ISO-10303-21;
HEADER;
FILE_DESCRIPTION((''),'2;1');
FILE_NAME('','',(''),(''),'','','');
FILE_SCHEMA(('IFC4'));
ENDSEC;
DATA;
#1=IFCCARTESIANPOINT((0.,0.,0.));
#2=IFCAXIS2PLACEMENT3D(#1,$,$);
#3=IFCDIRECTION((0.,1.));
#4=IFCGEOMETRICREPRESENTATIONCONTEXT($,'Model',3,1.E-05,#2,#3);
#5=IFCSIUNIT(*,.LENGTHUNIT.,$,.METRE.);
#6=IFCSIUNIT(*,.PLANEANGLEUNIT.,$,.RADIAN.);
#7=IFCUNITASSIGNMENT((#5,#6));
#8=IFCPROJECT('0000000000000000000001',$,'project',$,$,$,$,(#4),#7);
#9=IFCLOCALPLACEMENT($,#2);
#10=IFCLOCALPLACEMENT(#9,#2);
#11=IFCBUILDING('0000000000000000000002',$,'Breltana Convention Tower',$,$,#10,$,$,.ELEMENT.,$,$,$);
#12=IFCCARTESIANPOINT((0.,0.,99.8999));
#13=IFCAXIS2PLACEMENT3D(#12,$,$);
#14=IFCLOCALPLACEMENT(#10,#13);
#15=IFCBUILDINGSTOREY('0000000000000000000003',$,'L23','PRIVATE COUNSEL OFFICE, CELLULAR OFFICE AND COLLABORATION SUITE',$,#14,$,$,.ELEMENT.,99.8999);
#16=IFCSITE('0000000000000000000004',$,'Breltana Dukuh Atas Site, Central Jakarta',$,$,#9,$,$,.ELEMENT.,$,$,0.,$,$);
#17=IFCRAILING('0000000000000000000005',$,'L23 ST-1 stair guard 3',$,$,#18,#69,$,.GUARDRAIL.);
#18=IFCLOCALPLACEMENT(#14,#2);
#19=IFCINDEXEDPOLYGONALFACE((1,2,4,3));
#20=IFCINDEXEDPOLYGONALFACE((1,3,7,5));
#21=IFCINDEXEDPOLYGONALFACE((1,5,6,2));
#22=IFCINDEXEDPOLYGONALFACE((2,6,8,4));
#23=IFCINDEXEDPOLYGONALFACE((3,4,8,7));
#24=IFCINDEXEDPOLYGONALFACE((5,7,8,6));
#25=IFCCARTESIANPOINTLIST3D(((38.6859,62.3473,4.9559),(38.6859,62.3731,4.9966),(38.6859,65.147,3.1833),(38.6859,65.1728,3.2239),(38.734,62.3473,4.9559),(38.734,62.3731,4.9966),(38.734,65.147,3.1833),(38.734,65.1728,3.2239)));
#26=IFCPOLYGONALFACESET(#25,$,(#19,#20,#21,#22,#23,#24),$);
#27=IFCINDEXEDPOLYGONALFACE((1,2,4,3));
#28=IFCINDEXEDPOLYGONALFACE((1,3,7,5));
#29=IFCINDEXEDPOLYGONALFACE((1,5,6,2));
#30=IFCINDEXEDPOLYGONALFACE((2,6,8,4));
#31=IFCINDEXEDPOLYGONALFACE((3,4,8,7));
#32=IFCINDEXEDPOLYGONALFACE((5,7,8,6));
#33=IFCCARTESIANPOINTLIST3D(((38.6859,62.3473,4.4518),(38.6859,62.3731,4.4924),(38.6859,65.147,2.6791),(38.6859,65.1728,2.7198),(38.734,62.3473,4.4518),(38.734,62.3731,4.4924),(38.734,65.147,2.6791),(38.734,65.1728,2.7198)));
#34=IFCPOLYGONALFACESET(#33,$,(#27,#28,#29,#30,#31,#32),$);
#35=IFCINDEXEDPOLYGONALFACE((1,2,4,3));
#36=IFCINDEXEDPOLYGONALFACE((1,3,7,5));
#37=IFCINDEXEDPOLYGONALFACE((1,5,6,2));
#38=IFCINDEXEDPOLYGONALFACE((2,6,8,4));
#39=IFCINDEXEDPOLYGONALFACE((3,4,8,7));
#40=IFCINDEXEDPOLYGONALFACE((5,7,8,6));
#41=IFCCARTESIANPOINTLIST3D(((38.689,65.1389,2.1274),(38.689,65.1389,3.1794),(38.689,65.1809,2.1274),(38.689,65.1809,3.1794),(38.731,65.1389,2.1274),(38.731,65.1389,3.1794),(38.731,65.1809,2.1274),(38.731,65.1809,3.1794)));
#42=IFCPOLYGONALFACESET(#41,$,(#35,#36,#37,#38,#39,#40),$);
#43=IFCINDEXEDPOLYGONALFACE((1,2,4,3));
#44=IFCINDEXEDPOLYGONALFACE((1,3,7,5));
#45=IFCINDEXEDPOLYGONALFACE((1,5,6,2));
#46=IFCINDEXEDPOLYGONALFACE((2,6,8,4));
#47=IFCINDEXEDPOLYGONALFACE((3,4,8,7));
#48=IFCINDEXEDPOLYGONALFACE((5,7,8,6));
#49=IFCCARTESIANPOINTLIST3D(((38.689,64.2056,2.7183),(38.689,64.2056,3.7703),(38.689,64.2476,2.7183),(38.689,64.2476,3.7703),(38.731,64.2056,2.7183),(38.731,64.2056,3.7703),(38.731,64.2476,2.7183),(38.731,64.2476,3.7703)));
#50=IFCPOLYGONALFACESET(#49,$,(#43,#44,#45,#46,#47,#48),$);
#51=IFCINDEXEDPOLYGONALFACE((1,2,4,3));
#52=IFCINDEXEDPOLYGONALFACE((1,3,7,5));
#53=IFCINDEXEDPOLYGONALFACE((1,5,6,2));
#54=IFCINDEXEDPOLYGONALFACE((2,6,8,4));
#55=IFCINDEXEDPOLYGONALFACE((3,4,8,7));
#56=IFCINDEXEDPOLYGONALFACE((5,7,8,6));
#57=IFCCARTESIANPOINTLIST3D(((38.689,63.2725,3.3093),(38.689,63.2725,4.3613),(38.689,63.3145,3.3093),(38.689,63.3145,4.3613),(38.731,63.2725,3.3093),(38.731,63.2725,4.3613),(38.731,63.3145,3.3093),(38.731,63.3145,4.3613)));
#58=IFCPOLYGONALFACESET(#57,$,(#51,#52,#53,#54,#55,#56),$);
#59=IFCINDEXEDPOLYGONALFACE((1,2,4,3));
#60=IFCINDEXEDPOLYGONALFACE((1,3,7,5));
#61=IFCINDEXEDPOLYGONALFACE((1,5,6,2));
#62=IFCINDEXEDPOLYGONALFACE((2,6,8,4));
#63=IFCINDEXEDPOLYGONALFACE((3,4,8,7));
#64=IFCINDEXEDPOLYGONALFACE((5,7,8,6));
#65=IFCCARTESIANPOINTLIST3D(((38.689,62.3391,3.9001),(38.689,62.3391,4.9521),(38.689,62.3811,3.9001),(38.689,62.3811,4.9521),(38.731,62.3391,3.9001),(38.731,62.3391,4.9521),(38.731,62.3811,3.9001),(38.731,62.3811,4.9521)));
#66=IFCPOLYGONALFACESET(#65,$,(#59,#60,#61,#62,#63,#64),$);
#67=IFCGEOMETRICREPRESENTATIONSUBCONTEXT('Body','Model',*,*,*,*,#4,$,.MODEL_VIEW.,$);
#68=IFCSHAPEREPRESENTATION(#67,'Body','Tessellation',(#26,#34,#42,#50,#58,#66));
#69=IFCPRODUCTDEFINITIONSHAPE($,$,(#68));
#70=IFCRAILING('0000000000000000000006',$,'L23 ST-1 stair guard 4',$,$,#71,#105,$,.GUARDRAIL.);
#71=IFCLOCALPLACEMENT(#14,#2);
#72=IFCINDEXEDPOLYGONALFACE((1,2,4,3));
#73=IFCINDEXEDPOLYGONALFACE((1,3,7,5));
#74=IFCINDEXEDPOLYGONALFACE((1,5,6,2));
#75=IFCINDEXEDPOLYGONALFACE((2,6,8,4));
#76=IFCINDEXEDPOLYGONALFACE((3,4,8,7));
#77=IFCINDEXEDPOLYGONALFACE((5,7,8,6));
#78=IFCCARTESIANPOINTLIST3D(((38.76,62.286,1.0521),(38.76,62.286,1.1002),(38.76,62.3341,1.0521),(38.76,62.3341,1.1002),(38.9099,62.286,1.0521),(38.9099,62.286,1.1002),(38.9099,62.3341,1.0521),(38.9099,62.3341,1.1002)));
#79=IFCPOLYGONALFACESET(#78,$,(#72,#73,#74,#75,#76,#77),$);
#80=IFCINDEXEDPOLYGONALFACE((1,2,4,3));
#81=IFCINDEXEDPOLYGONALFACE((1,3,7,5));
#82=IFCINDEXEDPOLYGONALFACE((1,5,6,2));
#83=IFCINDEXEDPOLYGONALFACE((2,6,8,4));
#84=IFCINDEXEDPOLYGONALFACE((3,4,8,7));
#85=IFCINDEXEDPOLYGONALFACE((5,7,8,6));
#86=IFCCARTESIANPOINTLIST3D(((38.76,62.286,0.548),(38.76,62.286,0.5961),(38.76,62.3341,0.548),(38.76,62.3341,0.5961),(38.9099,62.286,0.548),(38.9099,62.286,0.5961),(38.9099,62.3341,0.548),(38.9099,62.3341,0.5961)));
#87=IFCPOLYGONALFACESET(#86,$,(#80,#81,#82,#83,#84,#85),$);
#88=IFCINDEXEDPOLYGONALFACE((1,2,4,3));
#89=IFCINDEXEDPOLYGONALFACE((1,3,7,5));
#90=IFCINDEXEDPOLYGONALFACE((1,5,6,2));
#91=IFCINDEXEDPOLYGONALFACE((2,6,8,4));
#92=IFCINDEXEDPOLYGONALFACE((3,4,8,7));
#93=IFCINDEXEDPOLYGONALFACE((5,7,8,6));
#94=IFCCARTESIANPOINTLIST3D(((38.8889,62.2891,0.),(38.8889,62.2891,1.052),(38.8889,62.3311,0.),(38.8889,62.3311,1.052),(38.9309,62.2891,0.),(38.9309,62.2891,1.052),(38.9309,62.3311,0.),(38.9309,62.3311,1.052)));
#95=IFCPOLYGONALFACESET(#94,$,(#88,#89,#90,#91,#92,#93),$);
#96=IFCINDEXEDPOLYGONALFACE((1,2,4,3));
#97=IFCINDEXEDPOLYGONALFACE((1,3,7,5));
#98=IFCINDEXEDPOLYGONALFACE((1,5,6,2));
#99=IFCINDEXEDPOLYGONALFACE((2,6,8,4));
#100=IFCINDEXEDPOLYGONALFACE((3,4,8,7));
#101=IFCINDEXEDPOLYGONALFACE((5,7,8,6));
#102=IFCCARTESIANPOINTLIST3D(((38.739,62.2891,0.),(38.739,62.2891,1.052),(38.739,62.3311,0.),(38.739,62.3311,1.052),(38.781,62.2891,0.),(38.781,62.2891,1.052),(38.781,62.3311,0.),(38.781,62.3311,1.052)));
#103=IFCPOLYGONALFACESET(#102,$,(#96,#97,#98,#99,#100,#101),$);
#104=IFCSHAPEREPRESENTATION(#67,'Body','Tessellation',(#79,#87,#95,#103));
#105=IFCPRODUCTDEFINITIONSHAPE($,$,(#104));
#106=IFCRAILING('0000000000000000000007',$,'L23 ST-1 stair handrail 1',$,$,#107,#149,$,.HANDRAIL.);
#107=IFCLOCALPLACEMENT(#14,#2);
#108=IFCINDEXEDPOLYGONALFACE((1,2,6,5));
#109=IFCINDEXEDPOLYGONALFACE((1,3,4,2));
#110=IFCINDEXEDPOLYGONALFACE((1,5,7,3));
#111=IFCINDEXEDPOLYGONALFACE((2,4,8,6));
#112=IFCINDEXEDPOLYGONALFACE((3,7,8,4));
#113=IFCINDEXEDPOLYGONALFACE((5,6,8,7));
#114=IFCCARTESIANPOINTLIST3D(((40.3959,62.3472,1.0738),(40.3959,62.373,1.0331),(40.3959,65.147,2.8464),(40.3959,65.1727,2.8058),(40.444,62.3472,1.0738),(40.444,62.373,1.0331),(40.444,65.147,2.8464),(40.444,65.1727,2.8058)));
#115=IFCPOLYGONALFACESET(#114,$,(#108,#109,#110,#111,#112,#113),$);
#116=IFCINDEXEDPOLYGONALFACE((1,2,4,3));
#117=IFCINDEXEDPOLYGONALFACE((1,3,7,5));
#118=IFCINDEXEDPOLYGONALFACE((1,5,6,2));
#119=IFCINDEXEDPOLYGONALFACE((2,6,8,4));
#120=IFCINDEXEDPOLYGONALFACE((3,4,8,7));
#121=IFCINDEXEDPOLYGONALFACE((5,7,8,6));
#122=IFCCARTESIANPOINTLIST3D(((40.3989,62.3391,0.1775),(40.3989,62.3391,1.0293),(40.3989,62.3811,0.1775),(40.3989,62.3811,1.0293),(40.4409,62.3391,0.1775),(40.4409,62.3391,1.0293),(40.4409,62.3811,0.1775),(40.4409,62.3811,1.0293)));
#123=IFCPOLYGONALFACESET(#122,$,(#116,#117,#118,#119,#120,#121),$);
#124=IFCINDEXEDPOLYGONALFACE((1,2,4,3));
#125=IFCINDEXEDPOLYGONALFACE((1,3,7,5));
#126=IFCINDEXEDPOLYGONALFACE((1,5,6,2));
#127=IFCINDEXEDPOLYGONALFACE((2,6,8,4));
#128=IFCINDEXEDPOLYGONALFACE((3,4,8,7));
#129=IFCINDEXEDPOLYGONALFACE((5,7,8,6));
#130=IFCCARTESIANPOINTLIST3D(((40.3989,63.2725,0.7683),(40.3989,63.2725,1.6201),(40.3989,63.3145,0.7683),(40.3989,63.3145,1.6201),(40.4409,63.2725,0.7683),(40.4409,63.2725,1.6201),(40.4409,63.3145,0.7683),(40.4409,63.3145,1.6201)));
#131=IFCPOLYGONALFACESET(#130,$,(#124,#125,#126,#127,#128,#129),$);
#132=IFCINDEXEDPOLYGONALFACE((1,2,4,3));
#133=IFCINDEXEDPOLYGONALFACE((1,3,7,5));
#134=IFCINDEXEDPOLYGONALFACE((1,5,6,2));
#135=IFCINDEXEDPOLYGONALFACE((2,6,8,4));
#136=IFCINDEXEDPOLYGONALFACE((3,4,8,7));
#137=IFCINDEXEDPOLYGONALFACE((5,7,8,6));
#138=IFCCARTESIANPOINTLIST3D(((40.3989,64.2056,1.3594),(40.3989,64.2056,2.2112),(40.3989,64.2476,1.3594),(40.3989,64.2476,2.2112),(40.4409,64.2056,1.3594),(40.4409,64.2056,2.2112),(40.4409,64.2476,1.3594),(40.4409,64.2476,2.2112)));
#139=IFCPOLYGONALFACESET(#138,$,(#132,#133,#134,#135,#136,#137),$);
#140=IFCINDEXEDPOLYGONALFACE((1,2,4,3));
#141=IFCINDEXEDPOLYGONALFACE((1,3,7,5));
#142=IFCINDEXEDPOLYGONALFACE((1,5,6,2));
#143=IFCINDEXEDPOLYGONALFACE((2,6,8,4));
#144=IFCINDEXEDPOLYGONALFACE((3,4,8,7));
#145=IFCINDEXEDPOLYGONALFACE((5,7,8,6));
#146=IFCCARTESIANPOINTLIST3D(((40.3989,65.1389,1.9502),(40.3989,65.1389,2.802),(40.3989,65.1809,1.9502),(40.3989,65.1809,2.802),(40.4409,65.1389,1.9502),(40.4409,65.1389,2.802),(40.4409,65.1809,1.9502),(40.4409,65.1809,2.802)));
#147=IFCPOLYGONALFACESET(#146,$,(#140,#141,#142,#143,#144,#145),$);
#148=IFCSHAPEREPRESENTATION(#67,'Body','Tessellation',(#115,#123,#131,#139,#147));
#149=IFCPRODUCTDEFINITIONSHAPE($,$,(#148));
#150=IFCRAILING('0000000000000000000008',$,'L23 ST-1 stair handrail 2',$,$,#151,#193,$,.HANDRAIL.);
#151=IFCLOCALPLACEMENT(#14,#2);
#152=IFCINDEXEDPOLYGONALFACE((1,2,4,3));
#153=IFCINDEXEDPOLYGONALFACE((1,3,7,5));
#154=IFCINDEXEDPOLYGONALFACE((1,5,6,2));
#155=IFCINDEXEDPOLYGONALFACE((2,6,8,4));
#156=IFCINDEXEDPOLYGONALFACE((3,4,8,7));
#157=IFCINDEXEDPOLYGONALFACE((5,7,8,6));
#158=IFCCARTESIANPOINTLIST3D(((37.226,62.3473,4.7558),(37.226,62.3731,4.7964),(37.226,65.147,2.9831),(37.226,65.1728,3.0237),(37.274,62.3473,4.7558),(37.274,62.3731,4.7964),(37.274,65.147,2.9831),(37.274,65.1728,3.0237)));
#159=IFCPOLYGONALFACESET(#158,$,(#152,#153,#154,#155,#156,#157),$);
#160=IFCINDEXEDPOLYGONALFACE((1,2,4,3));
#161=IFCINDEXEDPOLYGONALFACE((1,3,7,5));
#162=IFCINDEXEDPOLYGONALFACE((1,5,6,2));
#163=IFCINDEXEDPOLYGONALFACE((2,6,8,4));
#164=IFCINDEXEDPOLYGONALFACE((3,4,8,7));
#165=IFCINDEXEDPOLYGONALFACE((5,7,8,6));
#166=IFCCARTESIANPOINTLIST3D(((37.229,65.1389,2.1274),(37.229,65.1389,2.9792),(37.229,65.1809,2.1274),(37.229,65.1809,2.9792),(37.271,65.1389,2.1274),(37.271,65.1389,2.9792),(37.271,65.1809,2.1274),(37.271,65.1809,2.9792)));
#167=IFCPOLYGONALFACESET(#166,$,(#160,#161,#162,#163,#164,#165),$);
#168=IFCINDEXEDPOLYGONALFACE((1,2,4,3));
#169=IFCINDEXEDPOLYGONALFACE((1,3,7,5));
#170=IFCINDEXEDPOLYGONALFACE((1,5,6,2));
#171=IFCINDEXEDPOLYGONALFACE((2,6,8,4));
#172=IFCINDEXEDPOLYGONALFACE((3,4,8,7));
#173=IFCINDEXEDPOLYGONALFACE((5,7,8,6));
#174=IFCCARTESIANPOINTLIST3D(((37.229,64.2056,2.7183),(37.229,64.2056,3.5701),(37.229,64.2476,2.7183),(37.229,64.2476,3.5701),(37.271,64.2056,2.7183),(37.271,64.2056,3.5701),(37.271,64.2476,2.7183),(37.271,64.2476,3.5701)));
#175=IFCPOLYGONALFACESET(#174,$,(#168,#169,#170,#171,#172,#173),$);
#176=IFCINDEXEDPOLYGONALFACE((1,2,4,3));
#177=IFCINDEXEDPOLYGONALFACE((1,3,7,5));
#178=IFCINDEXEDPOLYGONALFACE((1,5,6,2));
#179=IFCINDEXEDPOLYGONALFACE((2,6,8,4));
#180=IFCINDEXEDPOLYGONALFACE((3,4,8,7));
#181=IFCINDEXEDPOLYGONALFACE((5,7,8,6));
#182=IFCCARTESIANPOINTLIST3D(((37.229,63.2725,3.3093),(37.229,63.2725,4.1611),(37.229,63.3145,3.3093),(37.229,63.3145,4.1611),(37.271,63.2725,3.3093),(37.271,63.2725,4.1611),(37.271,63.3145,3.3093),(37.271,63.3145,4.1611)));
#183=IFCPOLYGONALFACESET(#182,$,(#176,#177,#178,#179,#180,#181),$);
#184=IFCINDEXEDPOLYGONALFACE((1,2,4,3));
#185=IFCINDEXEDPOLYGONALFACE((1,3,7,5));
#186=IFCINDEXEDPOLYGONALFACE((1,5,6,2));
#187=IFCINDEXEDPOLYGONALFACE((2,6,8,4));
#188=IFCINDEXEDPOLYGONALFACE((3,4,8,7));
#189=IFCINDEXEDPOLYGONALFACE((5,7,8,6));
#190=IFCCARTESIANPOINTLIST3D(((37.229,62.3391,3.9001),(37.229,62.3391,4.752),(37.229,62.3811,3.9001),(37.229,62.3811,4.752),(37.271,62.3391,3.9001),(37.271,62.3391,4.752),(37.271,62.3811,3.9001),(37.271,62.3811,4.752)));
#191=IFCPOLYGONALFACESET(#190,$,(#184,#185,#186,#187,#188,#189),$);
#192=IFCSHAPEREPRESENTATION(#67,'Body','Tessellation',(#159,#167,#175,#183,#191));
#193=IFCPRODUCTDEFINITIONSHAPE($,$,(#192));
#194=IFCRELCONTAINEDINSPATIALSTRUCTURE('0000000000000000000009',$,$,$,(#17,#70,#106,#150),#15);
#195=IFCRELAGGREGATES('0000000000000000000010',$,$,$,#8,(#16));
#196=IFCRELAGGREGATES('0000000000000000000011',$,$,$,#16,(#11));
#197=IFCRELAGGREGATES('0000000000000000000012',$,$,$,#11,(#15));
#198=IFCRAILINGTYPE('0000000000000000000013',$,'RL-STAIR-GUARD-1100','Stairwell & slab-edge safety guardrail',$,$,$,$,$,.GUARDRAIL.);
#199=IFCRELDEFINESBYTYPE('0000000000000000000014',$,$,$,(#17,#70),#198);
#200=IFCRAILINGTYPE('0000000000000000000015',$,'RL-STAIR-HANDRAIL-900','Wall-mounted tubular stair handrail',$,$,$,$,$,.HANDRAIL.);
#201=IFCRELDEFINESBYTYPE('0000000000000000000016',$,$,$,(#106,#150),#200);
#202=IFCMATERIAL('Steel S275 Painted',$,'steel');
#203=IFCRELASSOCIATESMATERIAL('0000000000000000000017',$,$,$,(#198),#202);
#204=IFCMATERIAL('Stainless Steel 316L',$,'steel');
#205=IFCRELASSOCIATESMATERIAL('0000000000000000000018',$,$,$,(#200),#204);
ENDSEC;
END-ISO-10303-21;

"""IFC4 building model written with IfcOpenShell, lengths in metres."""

from ifc_helpers import new_model, si_unit, direction, frame, origin, origin_2d, place, context, subcontext, project, spatial, rectangle, extrude, material, type_object, element, save


model = new_model("IFC4")

# Units and contexts
model_context = context("Model", 3, precision=1e-05, world=origin(), true_north=direction((0.0, 1.0)))
body_context = subcontext(model_context, "Body", "Model", "MODEL_VIEW")
ifc_project = project(units=[si_unit("LENGTHUNIT", "METRE"), si_unit("PLANEANGLEUNIT", "RADIAN")], contexts=[model_context])

# Site, building, storey
site_placement = place(None, origin())
site = spatial("IfcSite", under=ifc_project, at=site_placement, Name="Breltana Dukuh Atas Site, Central Jakarta", CompositionType="ELEMENT", RefElevation=0.0)
building_placement = place(site_placement, origin())
building = spatial("IfcBuilding", under=site, at=building_placement, Name="Breltana Convention Tower", CompositionType="ELEMENT")
storey_placement = place(building_placement, frame((0.0, 0.0, 99.8999)))
storey = spatial("IfcBuildingStorey", under=building, at=storey_placement, Name="L23", Description="PRIVATE COUNSEL OFFICE, CELLULAR OFFICE AND COLLABORATION SUITE", CompositionType="ELEMENT", Elevation=99.8999)

# Railings
ifc_material_1 = material(Name="Steel S275 Painted", Category="steel")
railing_type_1 = type_object("IfcRailingType", Name="RL-STAIR-GUARD-1100", Description="Stairwell & slab-edge safety guardrail", PredefinedType="GUARDRAIL", material=ifc_material_1)
railing_1_placement = place(storey_placement, frame((38.71, 65.1599, 2.1274)))
element("IfcRailing", 1, at=railing_1_placement, inside=storey, type_object=railing_type_1, Name="L23 ST-1 stair guard 3", PredefinedType="GUARDRAIL", context=body_context, shape_type="SweptSolid", body=[
    extrude(rectangle(XDim=0.0481, YDim=0.0481, at=origin_2d()), frame((0.0, 0.0, 1.0762), z_axis=(0.0, -0.844888, 0.534943), x_axis=(1.0, 0.0, 0.0)), (0.0, 0.0, 1.0), 3.3137),
    extrude(rectangle(XDim=0.0481, YDim=0.0481, at=origin_2d()), frame((0.0, 0.0, 0.572), z_axis=(0.0, -0.844888, 0.534943), x_axis=(1.0, 0.0, 0.0)), (0.0, 0.0, 1.0), 3.3137),
    extrude(rectangle(XDim=0.042, YDim=0.042, at=origin_2d()), origin(), (0.0, 0.0, 1.0), 1.052),
    extrude(rectangle(XDim=0.042, YDim=0.042, at=origin_2d()), frame((0.0, -0.9333, 0.5908)), (0.0, 0.0, 1.0), 1.052),
    extrude(rectangle(XDim=0.042, YDim=0.042, at=origin_2d()), frame((0.0, -1.8665, 1.1819)), (0.0, 0.0, 1.0), 1.052),
    extrude(rectangle(XDim=0.042, YDim=0.042, at=origin_2d()), frame((0.0, -2.7998, 1.7727)), (0.0, 0.0, 1.0), 1.052),
])
railing_2_placement = place(storey_placement, frame((38.9099, 62.3101, 0.0)))
element("IfcRailing", 2, at=railing_2_placement, inside=storey, type_object=railing_type_1, Name="L23 ST-1 stair guard 4", PredefinedType="GUARDRAIL", context=body_context, shape_type="SweptSolid", body=[
    extrude(rectangle(XDim=0.0481, YDim=0.0481, at=origin_2d()), frame((0.0, 0.0, 1.0762), z_axis=(-1.0, 0.0, 0.0), x_axis=(0.0, -1.0, 0.0)), (0.0, 0.0, 1.0), 0.1499),
    extrude(rectangle(XDim=0.0481, YDim=0.0481, at=origin_2d()), frame((0.0, 0.0, 0.572), z_axis=(-1.0, 0.0, 0.0), x_axis=(0.0, -1.0, 0.0)), (0.0, 0.0, 1.0), 0.1499),
    extrude(rectangle(XDim=0.042, YDim=0.042, at=origin_2d()), origin(), (0.0, 0.0, 1.0), 1.052),
    extrude(rectangle(XDim=0.042, YDim=0.042, at=origin_2d()), frame((-0.1499, 0.0, 0.0)), (0.0, 0.0, 1.0), 1.052),
])
ifc_material_2 = material(Name="Stainless Steel 316L", Category="steel")
railing_type_2 = type_object("IfcRailingType", Name="RL-STAIR-HANDRAIL-900", Description="Wall-mounted tubular stair handrail", PredefinedType="HANDRAIL", material=ifc_material_2)
railing_3_placement = place(storey_placement, frame((40.4199, 62.3601, 0.1775)))
element("IfcRailing", 3, at=railing_3_placement, inside=storey, type_object=railing_type_2, Name="L23 ST-1 stair handrail 1", PredefinedType="HANDRAIL", context=body_context, shape_type="SweptSolid", body=[
    extrude(rectangle(XDim=0.0481, YDim=0.0481, at=origin_2d()), frame((0.0, 0.0, 0.876), z_axis=(0.0, 0.844888, 0.534943), x_axis=(-1.0, 0.0, 0.0)), (0.0, 0.0, 1.0), 3.3137),
    extrude(rectangle(XDim=0.042, YDim=0.042, at=origin_2d()), origin(), (0.0, 0.0, 1.0), 0.8518),
    extrude(rectangle(XDim=0.042, YDim=0.042, at=origin_2d()), frame((0.0, 0.9333, 0.5908)), (0.0, 0.0, 1.0), 0.8518),
    extrude(rectangle(XDim=0.042, YDim=0.042, at=origin_2d()), frame((0.0, 1.8665, 1.1819)), (0.0, 0.0, 1.0), 0.8518),
    extrude(rectangle(XDim=0.042, YDim=0.042, at=origin_2d()), frame((0.0, 2.7998, 1.7727)), (0.0, 0.0, 1.0), 0.8518),
])
railing_4_placement = place(storey_placement, frame((37.25, 65.1599, 2.1274)))
element("IfcRailing", 4, at=railing_4_placement, inside=storey, type_object=railing_type_2, Name="L23 ST-1 stair handrail 2", PredefinedType="HANDRAIL", context=body_context, shape_type="SweptSolid", body=[
    extrude(rectangle(XDim=0.0481, YDim=0.0481, at=origin_2d()), frame((0.0, 0.0, 0.876), z_axis=(0.0, -0.844888, 0.534943), x_axis=(1.0, 0.0, 0.0)), (0.0, 0.0, 1.0), 3.3137),
    extrude(rectangle(XDim=0.042, YDim=0.042, at=origin_2d()), origin(), (0.0, 0.0, 1.0), 0.8518),
    extrude(rectangle(XDim=0.042, YDim=0.042, at=origin_2d()), frame((0.0, -0.9333, 0.5908)), (0.0, 0.0, 1.0), 0.8518),
    extrude(rectangle(XDim=0.042, YDim=0.042, at=origin_2d()), frame((0.0, -1.8665, 1.1819)), (0.0, 0.0, 1.0), 0.8518),
    extrude(rectangle(XDim=0.042, YDim=0.042, at=origin_2d()), frame((0.0, -2.7998, 1.7727)), (0.0, 0.0, 1.0), 0.8518),
])

save(model, "model.ifc")
